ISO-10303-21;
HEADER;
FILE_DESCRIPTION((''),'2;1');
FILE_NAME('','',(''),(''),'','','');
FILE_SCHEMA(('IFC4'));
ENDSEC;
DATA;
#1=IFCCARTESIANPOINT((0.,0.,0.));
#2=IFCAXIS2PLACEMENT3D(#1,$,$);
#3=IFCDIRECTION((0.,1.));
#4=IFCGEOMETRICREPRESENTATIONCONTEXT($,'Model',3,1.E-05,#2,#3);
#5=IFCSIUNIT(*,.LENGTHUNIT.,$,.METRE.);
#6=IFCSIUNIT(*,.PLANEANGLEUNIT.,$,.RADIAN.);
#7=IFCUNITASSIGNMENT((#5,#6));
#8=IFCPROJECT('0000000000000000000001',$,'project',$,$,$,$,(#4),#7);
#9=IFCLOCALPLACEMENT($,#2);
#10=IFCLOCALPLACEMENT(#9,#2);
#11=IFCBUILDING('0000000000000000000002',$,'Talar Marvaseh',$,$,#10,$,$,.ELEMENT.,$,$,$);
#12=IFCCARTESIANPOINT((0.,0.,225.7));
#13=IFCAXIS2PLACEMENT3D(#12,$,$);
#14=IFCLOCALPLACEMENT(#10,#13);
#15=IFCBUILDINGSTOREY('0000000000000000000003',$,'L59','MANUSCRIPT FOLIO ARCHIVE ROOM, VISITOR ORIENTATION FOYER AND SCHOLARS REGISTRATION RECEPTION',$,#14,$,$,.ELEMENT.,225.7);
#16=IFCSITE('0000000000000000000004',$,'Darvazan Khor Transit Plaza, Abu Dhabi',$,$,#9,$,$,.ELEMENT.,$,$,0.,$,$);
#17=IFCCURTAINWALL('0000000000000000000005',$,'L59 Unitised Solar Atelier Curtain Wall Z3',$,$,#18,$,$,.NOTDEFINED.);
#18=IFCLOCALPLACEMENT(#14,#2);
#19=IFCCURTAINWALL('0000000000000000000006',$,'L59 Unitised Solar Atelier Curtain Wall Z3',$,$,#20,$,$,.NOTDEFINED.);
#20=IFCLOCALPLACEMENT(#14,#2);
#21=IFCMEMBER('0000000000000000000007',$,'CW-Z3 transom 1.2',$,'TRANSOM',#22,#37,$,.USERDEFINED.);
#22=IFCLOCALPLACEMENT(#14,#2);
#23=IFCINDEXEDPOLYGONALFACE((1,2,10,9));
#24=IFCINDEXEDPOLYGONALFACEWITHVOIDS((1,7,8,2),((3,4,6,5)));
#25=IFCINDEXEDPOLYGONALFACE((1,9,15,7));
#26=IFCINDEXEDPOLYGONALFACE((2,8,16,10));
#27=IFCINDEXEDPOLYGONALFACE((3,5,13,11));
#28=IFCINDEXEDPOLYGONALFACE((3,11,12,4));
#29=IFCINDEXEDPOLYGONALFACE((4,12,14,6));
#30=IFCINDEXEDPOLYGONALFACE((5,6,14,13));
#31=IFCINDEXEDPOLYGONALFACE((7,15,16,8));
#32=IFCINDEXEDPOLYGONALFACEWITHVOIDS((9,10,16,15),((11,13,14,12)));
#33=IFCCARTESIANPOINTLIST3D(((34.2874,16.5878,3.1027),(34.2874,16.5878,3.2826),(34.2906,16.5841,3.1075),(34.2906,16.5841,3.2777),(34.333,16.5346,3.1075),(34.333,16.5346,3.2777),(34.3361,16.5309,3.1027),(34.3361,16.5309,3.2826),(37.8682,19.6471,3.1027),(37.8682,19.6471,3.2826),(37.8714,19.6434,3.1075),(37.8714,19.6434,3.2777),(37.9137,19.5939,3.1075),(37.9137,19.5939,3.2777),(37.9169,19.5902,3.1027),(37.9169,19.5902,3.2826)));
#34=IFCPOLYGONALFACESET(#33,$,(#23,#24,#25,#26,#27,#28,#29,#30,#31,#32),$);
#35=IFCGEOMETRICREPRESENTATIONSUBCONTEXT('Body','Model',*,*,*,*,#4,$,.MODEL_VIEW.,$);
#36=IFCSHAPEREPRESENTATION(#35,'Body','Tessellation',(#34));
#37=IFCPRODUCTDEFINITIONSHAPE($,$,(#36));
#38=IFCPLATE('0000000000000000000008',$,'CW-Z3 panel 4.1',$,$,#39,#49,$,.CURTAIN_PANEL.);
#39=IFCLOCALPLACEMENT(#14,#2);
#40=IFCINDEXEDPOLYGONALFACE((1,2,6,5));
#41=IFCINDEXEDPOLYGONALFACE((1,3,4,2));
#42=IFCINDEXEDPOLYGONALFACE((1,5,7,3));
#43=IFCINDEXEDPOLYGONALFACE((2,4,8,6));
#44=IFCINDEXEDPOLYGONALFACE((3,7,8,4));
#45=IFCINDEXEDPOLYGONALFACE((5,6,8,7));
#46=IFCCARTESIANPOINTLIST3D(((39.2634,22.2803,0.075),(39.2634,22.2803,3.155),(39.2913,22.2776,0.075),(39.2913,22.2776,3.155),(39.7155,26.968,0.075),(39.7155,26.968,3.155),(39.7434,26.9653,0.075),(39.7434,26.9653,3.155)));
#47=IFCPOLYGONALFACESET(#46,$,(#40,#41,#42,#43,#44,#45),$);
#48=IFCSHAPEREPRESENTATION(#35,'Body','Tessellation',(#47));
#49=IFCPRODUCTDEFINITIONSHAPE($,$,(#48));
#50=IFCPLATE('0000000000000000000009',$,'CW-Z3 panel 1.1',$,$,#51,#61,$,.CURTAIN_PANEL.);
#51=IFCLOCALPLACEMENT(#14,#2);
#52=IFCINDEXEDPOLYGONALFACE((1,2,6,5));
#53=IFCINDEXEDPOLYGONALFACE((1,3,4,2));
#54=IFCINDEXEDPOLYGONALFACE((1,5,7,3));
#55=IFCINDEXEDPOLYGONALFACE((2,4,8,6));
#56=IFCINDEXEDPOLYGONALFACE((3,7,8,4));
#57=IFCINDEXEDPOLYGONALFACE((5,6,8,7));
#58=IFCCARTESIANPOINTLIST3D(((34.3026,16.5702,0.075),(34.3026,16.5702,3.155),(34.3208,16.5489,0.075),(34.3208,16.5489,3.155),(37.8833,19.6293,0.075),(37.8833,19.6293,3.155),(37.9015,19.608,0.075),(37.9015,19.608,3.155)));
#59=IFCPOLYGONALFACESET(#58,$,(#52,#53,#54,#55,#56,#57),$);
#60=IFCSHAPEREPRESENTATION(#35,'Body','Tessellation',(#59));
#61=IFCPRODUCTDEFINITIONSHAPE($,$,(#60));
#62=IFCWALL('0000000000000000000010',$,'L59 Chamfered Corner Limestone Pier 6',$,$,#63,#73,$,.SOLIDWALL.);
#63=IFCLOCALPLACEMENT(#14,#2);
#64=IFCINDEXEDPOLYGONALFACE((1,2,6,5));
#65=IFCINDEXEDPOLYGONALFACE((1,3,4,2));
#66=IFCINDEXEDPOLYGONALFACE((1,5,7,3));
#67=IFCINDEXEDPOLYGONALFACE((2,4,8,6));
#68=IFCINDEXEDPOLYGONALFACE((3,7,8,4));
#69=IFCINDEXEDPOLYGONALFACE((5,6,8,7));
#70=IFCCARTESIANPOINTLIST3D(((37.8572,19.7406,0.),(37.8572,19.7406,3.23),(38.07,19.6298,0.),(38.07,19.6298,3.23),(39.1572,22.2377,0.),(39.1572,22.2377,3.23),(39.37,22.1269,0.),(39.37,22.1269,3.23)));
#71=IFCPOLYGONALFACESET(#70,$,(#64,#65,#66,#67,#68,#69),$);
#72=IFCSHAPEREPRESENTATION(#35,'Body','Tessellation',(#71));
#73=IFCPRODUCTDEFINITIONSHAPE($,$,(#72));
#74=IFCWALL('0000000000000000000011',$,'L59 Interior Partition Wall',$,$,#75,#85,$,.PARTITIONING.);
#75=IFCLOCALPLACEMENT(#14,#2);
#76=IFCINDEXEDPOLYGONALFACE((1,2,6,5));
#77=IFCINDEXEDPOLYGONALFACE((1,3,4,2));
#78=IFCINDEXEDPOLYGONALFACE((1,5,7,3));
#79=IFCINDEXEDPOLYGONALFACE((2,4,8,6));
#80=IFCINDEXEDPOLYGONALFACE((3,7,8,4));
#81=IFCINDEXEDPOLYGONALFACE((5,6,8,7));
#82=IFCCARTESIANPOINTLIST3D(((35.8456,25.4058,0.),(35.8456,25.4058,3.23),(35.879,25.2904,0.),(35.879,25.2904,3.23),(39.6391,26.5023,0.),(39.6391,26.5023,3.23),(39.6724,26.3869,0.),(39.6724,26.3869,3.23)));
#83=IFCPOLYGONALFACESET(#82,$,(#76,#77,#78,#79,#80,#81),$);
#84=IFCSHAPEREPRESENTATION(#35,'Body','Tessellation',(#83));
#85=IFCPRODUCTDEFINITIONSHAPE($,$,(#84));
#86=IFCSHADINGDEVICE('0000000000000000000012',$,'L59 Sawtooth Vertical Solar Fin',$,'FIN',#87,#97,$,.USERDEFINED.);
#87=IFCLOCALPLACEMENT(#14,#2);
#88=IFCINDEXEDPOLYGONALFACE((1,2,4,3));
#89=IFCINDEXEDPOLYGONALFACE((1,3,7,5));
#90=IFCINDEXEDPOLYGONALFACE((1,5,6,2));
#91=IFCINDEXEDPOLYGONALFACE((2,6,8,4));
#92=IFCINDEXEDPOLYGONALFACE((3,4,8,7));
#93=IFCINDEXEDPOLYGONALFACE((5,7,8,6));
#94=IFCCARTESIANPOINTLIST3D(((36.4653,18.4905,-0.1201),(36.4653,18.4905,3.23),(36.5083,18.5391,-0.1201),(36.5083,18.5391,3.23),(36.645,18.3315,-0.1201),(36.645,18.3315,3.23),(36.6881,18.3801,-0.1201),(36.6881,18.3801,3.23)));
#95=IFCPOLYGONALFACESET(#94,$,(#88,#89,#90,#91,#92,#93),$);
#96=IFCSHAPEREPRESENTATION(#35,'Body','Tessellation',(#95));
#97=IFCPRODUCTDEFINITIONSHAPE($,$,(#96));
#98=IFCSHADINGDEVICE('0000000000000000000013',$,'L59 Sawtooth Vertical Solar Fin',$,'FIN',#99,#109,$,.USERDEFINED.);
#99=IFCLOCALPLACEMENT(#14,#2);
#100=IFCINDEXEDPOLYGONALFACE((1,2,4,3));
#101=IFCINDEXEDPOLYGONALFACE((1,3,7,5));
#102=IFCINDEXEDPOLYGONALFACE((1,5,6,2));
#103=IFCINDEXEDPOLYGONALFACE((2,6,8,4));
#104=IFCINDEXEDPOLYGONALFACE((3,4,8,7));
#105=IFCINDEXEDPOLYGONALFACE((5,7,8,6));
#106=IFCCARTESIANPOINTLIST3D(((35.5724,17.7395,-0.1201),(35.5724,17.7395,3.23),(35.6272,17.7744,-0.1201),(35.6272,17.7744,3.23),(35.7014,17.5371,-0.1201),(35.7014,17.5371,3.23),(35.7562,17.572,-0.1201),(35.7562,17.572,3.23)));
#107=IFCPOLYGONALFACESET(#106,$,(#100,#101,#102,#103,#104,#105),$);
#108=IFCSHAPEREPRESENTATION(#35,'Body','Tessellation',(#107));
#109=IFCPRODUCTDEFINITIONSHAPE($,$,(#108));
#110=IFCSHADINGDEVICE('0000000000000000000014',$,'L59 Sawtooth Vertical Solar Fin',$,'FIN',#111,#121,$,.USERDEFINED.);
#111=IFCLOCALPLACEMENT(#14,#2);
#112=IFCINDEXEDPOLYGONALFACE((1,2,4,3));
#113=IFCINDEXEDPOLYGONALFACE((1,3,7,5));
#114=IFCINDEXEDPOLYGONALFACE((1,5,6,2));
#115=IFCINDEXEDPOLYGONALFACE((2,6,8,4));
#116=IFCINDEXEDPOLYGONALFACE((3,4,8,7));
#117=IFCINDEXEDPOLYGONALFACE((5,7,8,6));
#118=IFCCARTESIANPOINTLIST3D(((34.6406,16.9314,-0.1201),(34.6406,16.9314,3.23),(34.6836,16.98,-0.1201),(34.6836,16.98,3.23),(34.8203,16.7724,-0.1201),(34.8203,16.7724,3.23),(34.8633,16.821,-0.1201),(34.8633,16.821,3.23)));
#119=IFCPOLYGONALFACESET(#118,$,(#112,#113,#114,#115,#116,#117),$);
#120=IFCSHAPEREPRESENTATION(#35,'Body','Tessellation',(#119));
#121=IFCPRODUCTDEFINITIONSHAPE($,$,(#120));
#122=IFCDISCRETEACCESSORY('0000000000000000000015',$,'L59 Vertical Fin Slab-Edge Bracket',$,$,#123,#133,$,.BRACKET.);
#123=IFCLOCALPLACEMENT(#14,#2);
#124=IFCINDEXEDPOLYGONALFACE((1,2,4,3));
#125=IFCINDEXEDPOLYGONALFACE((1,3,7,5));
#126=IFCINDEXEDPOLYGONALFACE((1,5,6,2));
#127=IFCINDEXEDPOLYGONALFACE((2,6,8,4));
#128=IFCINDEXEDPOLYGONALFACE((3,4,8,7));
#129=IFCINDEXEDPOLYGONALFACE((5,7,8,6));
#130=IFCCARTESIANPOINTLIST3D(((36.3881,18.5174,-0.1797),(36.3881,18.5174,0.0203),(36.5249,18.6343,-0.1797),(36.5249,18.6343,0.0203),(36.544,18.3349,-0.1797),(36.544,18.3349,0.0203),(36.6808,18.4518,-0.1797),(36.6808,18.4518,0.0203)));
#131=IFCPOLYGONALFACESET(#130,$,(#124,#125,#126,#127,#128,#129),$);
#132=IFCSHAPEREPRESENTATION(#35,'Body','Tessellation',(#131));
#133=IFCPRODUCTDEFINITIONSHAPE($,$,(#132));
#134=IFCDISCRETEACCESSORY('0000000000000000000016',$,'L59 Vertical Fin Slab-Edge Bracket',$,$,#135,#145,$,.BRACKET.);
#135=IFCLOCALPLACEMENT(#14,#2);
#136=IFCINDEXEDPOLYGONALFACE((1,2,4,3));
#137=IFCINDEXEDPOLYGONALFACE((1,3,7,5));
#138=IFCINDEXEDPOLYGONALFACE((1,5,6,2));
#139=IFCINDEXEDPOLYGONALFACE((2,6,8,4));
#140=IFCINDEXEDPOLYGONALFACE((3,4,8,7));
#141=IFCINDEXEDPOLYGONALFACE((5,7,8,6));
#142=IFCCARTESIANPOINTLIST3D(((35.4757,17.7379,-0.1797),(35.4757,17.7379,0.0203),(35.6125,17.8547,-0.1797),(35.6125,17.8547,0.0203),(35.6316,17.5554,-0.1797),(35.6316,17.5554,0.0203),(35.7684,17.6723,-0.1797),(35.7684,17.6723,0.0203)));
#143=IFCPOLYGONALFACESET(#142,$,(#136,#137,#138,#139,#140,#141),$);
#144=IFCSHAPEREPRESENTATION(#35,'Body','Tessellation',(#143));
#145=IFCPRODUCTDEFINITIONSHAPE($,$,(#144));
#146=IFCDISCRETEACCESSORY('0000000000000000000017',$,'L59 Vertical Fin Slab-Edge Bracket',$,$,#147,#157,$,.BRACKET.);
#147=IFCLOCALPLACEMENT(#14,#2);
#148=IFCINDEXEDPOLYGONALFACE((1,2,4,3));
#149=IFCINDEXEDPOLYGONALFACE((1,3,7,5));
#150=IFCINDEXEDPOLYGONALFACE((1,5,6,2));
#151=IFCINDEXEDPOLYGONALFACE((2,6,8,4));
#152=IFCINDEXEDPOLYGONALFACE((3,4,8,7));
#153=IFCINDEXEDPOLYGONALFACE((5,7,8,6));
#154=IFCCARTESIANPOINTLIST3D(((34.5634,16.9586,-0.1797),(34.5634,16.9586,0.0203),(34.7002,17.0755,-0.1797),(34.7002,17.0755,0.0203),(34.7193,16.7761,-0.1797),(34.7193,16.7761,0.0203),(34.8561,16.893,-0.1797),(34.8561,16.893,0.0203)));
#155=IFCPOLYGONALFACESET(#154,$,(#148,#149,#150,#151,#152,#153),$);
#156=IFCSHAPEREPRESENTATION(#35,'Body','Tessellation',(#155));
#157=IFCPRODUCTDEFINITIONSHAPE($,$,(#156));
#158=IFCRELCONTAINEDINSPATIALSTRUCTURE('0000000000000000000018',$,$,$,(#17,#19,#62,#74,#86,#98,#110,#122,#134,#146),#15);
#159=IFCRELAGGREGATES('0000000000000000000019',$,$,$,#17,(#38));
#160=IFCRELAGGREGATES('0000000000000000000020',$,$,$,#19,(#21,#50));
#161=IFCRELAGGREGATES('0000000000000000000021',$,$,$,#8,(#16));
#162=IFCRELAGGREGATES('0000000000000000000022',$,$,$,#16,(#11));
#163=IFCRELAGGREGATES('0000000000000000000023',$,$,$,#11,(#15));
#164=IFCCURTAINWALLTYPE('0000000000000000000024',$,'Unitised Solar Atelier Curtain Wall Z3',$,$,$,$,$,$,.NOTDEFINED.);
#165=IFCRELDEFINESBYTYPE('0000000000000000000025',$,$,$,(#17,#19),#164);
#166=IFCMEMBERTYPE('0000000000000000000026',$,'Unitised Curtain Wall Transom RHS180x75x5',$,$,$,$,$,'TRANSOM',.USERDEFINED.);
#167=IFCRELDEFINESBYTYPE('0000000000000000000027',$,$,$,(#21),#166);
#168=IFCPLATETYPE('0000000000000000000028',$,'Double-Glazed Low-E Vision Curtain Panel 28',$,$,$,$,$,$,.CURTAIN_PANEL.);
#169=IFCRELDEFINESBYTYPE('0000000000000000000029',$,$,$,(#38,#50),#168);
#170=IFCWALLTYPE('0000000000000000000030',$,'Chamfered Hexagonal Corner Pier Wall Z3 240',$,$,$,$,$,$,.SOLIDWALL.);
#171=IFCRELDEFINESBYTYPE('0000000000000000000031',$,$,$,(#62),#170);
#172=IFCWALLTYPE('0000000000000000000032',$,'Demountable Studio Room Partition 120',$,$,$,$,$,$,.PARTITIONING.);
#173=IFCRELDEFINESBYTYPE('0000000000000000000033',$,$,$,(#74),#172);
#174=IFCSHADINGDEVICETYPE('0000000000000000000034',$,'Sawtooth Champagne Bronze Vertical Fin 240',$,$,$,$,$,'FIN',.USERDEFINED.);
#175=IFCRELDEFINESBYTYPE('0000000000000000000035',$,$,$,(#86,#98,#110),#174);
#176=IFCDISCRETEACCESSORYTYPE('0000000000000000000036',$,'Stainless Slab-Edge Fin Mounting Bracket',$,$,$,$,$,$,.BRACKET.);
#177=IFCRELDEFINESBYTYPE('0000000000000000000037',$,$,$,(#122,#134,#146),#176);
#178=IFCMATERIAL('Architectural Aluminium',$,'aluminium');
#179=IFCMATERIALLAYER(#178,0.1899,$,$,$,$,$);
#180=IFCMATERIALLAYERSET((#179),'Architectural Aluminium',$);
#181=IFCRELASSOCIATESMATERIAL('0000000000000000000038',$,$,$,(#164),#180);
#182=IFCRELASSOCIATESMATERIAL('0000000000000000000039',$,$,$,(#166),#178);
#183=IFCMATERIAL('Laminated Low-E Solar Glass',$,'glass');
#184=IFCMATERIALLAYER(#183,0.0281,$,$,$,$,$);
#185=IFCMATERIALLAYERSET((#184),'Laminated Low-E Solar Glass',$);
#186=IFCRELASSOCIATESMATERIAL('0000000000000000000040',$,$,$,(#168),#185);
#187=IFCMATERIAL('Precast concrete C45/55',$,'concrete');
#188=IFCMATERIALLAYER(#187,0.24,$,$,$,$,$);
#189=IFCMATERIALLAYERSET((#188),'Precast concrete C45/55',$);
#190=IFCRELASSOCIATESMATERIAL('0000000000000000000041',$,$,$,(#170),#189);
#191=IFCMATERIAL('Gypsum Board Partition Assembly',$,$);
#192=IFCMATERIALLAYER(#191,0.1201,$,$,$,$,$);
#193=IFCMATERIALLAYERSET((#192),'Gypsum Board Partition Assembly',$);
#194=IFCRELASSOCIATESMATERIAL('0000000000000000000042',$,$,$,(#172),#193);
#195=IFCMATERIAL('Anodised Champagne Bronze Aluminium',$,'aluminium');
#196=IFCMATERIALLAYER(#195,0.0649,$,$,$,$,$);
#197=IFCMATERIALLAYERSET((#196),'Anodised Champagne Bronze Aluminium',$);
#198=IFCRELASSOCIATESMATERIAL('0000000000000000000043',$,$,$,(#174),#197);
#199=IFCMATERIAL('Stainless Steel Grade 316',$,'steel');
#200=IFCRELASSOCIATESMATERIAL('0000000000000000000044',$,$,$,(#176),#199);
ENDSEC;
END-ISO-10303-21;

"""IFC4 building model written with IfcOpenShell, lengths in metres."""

from ifc_helpers import new_model, si_unit, direction, frame, frame_2d, origin, origin_2d, place, context, subcontext, project, spatial, rectangle, hollow_rectangle, extrude, source, transform, mapped, material, layer, layer_set, material_profile, profile_set, type_object, type_shapes, element, aggregate, save


model = new_model("IFC4")

# Units and contexts
model_context = context("Model", 3, precision=1e-05, world=origin(), true_north=direction((0.0, 1.0)))
body_context = subcontext(model_context, "Body", "Model", "MODEL_VIEW")
ifc_project = project(units=[si_unit("LENGTHUNIT", "METRE"), si_unit("PLANEANGLEUNIT", "RADIAN")], contexts=[model_context])

# Site, building, storey
site_placement = place(None, origin())
site = spatial("IfcSite", under=ifc_project, at=site_placement, Name="Darvazan Khor Transit Plaza, Abu Dhabi", CompositionType="ELEMENT", RefElevation=0.0)
building_placement = place(site_placement, origin())
building = spatial("IfcBuilding", under=site, at=building_placement, Name="Talar Marvaseh", CompositionType="ELEMENT")
storey_placement = place(building_placement, frame((0.0, 0.0, 225.7)))
storey = spatial("IfcBuildingStorey", under=building, at=storey_placement, Name="L59", Description="MANUSCRIPT FOLIO ARCHIVE ROOM, VISITOR ORIENTATION FOYER AND SCHOLARS REGISTRATION RECEPTION", CompositionType="ELEMENT", Elevation=225.7)

# Curtain wall
ifc_material_1 = material(Name="Architectural Aluminium", Category="aluminium")
ifc_layer_1 = layer(ifc_material_1, 0.1899)
ifc_layer_set_1 = layer_set([ifc_layer_1], Name="Architectural Aluminium")
curtain_wall_type = type_object("IfcCurtainWallType", Name="Unitised Solar Atelier Curtain Wall Z3", PredefinedType="NOTDEFINED", material=ifc_layer_set_1)
curtain_wall_1_placement = place(storey_placement, origin())
curtain_wall_1 = element("IfcCurtainWall", 1, at=curtain_wall_1_placement, inside=storey, type_object=curtain_wall_type, Name="L59 Unitised Solar Atelier Curtain Wall Z3", PredefinedType="NOTDEFINED")

# Curtain wall, member
curtain_wall_2_placement = place(storey_placement, origin())
curtain_wall_2 = element("IfcCurtainWall", 2, at=curtain_wall_2_placement, inside=storey, type_object=curtain_wall_type, Name="L59 Unitised Solar Atelier Curtain Wall Z3", PredefinedType="NOTDEFINED")
ifc_material_profile_1 = material_profile(ifc_material_1, hollow_rectangle(XDim=0.075, YDim=0.1799, WallThickness=0.0049, at=origin_2d()), Name="RHS180x75x5")
ifc_profile_set_1 = profile_set([ifc_material_profile_1], Name="Architectural Aluminium")
member_type_1 = type_object("IfcMemberType", Name="Unitised Curtain Wall Transom RHS180x75x5", ElementType="TRANSOM", PredefinedType="USERDEFINED", material=ifc_profile_set_1)
shared_shape_1 = source(origin(), body_context, "Body", "SweptSolid", [
    extrude(hollow_rectangle(XDim=0.075, YDim=0.1799, WallThickness=0.0049, at=origin_2d()), origin(), (0.0, 0.0, 1.0), 4.7097),
])
type_shapes(member_type_1, [shared_shape_1])
member_1_placement = place(storey_placement, frame((37.8926, 19.6187, 3.1926), z_axis=(-0.760298, -0.649574, 0.0), x_axis=(0.649574, -0.760298, 0.0)))
member_1 = element("IfcMember", 3, at=member_1_placement, type_object=member_type_1, Name="CW-Z3 transom 1.2", ObjectType="TRANSOM", PredefinedType="USERDEFINED", context=body_context, shape_type="MappedRepresentation", body=[
    mapped(shared_shape_1, transform((0.0, 0.0, 0.0), x_axis=(1.0, 0.0, 0.0), y_axis=(0.0, 1.0, 0.0), z_axis=(0.0, 0.0, 1.0), scale=1.0)),
])

# Plates
ifc_material_2 = material(Name="Laminated Low-E Solar Glass", Category="glass")
ifc_layer_2 = layer(ifc_material_2, 0.0281)
ifc_layer_set_2 = layer_set([ifc_layer_2], Name="Laminated Low-E Solar Glass")
plate_type = type_object("IfcPlateType", Name="Double-Glazed Low-E Vision Curtain Panel 28", PredefinedType="CURTAIN_PANEL", material=ifc_layer_set_2)
shared_shape_2 = source(origin(), body_context, "Body", "SweptSolid", [
    extrude(rectangle(XDim=4.7095, YDim=0.0281, at=origin_2d()), origin(), (0.0, 0.0, 1.0), 3.0801),
])
type_shapes(plate_type, [shared_shape_2])
plate_1_placement = place(storey_placement, frame((39.5034, 24.6228, 0.075), z_axis=(0.0, 0.0, 1.0), x_axis=(-0.095997, -0.995382, 0.0)))
plate_1 = element("IfcPlate", 4, at=plate_1_placement, type_object=plate_type, Name="CW-Z3 panel 4.1", PredefinedType="CURTAIN_PANEL", context=body_context, shape_type="MappedRepresentation", body=[
    mapped(shared_shape_2, transform((0.0, 0.0, 0.0), x_axis=(1.0, 0.0, 0.0), y_axis=(0.0, 1.0, 0.0), z_axis=(0.0, 0.0, 1.0), scale=1.0)),
])
aggregate(curtain_wall_1, [plate_1])
plate_2_placement = place(storey_placement, frame((36.1021, 18.0891, 0.075), z_axis=(0.0, 0.0, 1.0), x_axis=(-0.760306, -0.649565, 0.0)))
plate_2 = element("IfcPlate", 5, at=plate_2_placement, type_object=plate_type, Name="CW-Z3 panel 1.1", PredefinedType="CURTAIN_PANEL", context=body_context, shape_type="MappedRepresentation", body=[
    mapped(shared_shape_2, transform((0.0, 0.0, 0.0), x_axis=(1.0, 0.0, 0.0), y_axis=(0.0, 1.0, 0.0), z_axis=(0.0, 0.0, 1.0), scale=1.0)),
])
aggregate(curtain_wall_2, [member_1, plate_2])

# Wall
ifc_material_3 = material(Name="Precast concrete C45/55", Category="concrete")
ifc_layer_3 = layer(ifc_material_3, 0.24)
ifc_layer_set_3 = layer_set([ifc_layer_3], Name="Precast concrete C45/55")
wall_type_1 = type_object("IfcWallType", Name="Chamfered Hexagonal Corner Pier Wall Z3 240", PredefinedType="SOLIDWALL", material=ifc_layer_set_3)
wall_1_placement = place(storey_placement, frame((39.2637, 22.1824, 0.0), z_axis=(0.0, 0.0, 1.0), x_axis=(-0.461792, -0.886988, 0.0)))
element("IfcWall", 6, at=wall_1_placement, inside=storey, type_object=wall_type_1, Name="L59 Chamfered Corner Limestone Pier 6", PredefinedType="SOLIDWALL", context=body_context, shape_type="SweptSolid", body=[
    extrude(rectangle(XDim=2.8152, YDim=0.24, at=frame_2d((1.4077, 0.0))), origin(), (0.0, 0.0, 1.0), 3.23),
])

# Shared definitions
ifc_material_4 = material(Name="Gypsum Board Partition Assembly")

# Wall
ifc_layer_4 = layer(ifc_material_4, 0.1201)
ifc_layer_set_4 = layer_set([ifc_layer_4], Name="Gypsum Board Partition Assembly")
wall_type_2 = type_object("IfcWallType", Name="Demountable Studio Room Partition 120", PredefinedType="PARTITIONING", material=ifc_layer_set_4)
wall_2_placement = place(storey_placement, frame((35.8623, 25.3481, 0.0), z_axis=(0.0, 0.0, 1.0), x_axis=(0.960677, 0.277668, 0.0)))
element("IfcWall", 7, at=wall_2_placement, inside=storey, type_object=wall_type_2, Name="L59 Interior Partition Wall", PredefinedType="PARTITIONING", context=body_context, shape_type="SweptSolid", body=[
    extrude(rectangle(XDim=3.9487, YDim=0.1201, at=frame_2d((1.9744, 0.0))), origin(), (0.0, 0.0, 1.0), 3.23),
])

# Shading devices
ifc_material_5 = material(Name="Anodised Champagne Bronze Aluminium", Category="aluminium")
ifc_layer_5 = layer(ifc_material_5, 0.0649)
ifc_layer_set_5 = layer_set([ifc_layer_5], Name="Anodised Champagne Bronze Aluminium")
shading_device_type = type_object("IfcShadingDeviceType", Name="Sawtooth Champagne Bronze Vertical Fin 240", ElementType="FIN", PredefinedType="USERDEFINED", material=ifc_layer_set_5)
shared_shape_3 = source(origin(), body_context, "Body", "SweptSolid", [
    extrude(rectangle(XDim=0.24, YDim=0.0649, at=origin_2d()), origin(), (0.0, 0.0, 1.0), 3.3501),
])
type_shapes(shading_device_type, [shared_shape_3])
for number, where, z_axis, x_axis, name in (
    (8, (36.5767, 18.4353, -0.1201), (0.0, 0.0, 1.0), (0.749071, -0.662489, 0.0), "L59 Sawtooth Vertical Solar Fin"),
    (9, (35.6643, 17.6558, -0.1201), (0.0, 0.0, 1.0), (0.537447, -0.843298, 0.0), "L59 Sawtooth Vertical Solar Fin"),
    (10, (34.752, 16.8762, -0.1201), (0.0, 0.0, 1.0), (0.749071, -0.662489, 0.0), "L59 Sawtooth Vertical Solar Fin"),
):
    element("IfcShadingDevice", number, at=place(storey_placement, frame(where, z_axis=z_axis, x_axis=x_axis)), inside=storey, type_object=shading_device_type, Name=name, ObjectType="FIN", PredefinedType="USERDEFINED", context=body_context, shape_type="MappedRepresentation", body=[
        mapped(shared_shape_3, transform((0.0, 0.0, 0.0), x_axis=(1.0, 0.0, 0.0), y_axis=(0.0, 1.0, 0.0), z_axis=(0.0, 0.0, 1.0), scale=1.0)),
    ])

# Discrete accessories
ifc_material_6 = material(Name="Stainless Steel Grade 316", Category="steel")
discrete_accessory_type = type_object("IfcDiscreteAccessoryType", Name="Stainless Slab-Edge Fin Mounting Bracket", PredefinedType="BRACKET", material=ifc_material_6)
shared_shape_4 = source(origin(), body_context, "Body", "SweptSolid", [
    extrude(rectangle(XDim=0.24, YDim=0.1799, at=origin_2d()), origin(), (0.0, 0.0, 1.0), 0.2),
])
type_shapes(discrete_accessory_type, [shared_shape_4])
for number, where, z_axis, x_axis, name in (
    (11, (36.5344, 18.4846, -0.1797), (0.0, 0.0, 1.0), (0.649581, -0.760293, 0.0), "L59 Vertical Fin Slab-Edge Bracket"),
    (12, (35.6221, 17.7051, -0.1797), (0.0, 0.0, 1.0), (0.649581, -0.760293, 0.0), "L59 Vertical Fin Slab-Edge Bracket"),
    (13, (34.7097, 16.9258, -0.1797), (0.0, 0.0, 1.0), (0.649581, -0.760293, 0.0), "L59 Vertical Fin Slab-Edge Bracket"),
):
    element("IfcDiscreteAccessory", number, at=place(storey_placement, frame(where, z_axis=z_axis, x_axis=x_axis)), inside=storey, type_object=discrete_accessory_type, Name=name, PredefinedType="BRACKET", context=body_context, shape_type="MappedRepresentation", body=[
        mapped(shared_shape_4, transform((0.0, 0.0, 0.0), x_axis=(1.0, 0.0, 0.0), y_axis=(0.0, 1.0, 0.0), z_axis=(0.0, 0.0, 1.0), scale=1.0)),
    ])

save(model, "model.ifc")
